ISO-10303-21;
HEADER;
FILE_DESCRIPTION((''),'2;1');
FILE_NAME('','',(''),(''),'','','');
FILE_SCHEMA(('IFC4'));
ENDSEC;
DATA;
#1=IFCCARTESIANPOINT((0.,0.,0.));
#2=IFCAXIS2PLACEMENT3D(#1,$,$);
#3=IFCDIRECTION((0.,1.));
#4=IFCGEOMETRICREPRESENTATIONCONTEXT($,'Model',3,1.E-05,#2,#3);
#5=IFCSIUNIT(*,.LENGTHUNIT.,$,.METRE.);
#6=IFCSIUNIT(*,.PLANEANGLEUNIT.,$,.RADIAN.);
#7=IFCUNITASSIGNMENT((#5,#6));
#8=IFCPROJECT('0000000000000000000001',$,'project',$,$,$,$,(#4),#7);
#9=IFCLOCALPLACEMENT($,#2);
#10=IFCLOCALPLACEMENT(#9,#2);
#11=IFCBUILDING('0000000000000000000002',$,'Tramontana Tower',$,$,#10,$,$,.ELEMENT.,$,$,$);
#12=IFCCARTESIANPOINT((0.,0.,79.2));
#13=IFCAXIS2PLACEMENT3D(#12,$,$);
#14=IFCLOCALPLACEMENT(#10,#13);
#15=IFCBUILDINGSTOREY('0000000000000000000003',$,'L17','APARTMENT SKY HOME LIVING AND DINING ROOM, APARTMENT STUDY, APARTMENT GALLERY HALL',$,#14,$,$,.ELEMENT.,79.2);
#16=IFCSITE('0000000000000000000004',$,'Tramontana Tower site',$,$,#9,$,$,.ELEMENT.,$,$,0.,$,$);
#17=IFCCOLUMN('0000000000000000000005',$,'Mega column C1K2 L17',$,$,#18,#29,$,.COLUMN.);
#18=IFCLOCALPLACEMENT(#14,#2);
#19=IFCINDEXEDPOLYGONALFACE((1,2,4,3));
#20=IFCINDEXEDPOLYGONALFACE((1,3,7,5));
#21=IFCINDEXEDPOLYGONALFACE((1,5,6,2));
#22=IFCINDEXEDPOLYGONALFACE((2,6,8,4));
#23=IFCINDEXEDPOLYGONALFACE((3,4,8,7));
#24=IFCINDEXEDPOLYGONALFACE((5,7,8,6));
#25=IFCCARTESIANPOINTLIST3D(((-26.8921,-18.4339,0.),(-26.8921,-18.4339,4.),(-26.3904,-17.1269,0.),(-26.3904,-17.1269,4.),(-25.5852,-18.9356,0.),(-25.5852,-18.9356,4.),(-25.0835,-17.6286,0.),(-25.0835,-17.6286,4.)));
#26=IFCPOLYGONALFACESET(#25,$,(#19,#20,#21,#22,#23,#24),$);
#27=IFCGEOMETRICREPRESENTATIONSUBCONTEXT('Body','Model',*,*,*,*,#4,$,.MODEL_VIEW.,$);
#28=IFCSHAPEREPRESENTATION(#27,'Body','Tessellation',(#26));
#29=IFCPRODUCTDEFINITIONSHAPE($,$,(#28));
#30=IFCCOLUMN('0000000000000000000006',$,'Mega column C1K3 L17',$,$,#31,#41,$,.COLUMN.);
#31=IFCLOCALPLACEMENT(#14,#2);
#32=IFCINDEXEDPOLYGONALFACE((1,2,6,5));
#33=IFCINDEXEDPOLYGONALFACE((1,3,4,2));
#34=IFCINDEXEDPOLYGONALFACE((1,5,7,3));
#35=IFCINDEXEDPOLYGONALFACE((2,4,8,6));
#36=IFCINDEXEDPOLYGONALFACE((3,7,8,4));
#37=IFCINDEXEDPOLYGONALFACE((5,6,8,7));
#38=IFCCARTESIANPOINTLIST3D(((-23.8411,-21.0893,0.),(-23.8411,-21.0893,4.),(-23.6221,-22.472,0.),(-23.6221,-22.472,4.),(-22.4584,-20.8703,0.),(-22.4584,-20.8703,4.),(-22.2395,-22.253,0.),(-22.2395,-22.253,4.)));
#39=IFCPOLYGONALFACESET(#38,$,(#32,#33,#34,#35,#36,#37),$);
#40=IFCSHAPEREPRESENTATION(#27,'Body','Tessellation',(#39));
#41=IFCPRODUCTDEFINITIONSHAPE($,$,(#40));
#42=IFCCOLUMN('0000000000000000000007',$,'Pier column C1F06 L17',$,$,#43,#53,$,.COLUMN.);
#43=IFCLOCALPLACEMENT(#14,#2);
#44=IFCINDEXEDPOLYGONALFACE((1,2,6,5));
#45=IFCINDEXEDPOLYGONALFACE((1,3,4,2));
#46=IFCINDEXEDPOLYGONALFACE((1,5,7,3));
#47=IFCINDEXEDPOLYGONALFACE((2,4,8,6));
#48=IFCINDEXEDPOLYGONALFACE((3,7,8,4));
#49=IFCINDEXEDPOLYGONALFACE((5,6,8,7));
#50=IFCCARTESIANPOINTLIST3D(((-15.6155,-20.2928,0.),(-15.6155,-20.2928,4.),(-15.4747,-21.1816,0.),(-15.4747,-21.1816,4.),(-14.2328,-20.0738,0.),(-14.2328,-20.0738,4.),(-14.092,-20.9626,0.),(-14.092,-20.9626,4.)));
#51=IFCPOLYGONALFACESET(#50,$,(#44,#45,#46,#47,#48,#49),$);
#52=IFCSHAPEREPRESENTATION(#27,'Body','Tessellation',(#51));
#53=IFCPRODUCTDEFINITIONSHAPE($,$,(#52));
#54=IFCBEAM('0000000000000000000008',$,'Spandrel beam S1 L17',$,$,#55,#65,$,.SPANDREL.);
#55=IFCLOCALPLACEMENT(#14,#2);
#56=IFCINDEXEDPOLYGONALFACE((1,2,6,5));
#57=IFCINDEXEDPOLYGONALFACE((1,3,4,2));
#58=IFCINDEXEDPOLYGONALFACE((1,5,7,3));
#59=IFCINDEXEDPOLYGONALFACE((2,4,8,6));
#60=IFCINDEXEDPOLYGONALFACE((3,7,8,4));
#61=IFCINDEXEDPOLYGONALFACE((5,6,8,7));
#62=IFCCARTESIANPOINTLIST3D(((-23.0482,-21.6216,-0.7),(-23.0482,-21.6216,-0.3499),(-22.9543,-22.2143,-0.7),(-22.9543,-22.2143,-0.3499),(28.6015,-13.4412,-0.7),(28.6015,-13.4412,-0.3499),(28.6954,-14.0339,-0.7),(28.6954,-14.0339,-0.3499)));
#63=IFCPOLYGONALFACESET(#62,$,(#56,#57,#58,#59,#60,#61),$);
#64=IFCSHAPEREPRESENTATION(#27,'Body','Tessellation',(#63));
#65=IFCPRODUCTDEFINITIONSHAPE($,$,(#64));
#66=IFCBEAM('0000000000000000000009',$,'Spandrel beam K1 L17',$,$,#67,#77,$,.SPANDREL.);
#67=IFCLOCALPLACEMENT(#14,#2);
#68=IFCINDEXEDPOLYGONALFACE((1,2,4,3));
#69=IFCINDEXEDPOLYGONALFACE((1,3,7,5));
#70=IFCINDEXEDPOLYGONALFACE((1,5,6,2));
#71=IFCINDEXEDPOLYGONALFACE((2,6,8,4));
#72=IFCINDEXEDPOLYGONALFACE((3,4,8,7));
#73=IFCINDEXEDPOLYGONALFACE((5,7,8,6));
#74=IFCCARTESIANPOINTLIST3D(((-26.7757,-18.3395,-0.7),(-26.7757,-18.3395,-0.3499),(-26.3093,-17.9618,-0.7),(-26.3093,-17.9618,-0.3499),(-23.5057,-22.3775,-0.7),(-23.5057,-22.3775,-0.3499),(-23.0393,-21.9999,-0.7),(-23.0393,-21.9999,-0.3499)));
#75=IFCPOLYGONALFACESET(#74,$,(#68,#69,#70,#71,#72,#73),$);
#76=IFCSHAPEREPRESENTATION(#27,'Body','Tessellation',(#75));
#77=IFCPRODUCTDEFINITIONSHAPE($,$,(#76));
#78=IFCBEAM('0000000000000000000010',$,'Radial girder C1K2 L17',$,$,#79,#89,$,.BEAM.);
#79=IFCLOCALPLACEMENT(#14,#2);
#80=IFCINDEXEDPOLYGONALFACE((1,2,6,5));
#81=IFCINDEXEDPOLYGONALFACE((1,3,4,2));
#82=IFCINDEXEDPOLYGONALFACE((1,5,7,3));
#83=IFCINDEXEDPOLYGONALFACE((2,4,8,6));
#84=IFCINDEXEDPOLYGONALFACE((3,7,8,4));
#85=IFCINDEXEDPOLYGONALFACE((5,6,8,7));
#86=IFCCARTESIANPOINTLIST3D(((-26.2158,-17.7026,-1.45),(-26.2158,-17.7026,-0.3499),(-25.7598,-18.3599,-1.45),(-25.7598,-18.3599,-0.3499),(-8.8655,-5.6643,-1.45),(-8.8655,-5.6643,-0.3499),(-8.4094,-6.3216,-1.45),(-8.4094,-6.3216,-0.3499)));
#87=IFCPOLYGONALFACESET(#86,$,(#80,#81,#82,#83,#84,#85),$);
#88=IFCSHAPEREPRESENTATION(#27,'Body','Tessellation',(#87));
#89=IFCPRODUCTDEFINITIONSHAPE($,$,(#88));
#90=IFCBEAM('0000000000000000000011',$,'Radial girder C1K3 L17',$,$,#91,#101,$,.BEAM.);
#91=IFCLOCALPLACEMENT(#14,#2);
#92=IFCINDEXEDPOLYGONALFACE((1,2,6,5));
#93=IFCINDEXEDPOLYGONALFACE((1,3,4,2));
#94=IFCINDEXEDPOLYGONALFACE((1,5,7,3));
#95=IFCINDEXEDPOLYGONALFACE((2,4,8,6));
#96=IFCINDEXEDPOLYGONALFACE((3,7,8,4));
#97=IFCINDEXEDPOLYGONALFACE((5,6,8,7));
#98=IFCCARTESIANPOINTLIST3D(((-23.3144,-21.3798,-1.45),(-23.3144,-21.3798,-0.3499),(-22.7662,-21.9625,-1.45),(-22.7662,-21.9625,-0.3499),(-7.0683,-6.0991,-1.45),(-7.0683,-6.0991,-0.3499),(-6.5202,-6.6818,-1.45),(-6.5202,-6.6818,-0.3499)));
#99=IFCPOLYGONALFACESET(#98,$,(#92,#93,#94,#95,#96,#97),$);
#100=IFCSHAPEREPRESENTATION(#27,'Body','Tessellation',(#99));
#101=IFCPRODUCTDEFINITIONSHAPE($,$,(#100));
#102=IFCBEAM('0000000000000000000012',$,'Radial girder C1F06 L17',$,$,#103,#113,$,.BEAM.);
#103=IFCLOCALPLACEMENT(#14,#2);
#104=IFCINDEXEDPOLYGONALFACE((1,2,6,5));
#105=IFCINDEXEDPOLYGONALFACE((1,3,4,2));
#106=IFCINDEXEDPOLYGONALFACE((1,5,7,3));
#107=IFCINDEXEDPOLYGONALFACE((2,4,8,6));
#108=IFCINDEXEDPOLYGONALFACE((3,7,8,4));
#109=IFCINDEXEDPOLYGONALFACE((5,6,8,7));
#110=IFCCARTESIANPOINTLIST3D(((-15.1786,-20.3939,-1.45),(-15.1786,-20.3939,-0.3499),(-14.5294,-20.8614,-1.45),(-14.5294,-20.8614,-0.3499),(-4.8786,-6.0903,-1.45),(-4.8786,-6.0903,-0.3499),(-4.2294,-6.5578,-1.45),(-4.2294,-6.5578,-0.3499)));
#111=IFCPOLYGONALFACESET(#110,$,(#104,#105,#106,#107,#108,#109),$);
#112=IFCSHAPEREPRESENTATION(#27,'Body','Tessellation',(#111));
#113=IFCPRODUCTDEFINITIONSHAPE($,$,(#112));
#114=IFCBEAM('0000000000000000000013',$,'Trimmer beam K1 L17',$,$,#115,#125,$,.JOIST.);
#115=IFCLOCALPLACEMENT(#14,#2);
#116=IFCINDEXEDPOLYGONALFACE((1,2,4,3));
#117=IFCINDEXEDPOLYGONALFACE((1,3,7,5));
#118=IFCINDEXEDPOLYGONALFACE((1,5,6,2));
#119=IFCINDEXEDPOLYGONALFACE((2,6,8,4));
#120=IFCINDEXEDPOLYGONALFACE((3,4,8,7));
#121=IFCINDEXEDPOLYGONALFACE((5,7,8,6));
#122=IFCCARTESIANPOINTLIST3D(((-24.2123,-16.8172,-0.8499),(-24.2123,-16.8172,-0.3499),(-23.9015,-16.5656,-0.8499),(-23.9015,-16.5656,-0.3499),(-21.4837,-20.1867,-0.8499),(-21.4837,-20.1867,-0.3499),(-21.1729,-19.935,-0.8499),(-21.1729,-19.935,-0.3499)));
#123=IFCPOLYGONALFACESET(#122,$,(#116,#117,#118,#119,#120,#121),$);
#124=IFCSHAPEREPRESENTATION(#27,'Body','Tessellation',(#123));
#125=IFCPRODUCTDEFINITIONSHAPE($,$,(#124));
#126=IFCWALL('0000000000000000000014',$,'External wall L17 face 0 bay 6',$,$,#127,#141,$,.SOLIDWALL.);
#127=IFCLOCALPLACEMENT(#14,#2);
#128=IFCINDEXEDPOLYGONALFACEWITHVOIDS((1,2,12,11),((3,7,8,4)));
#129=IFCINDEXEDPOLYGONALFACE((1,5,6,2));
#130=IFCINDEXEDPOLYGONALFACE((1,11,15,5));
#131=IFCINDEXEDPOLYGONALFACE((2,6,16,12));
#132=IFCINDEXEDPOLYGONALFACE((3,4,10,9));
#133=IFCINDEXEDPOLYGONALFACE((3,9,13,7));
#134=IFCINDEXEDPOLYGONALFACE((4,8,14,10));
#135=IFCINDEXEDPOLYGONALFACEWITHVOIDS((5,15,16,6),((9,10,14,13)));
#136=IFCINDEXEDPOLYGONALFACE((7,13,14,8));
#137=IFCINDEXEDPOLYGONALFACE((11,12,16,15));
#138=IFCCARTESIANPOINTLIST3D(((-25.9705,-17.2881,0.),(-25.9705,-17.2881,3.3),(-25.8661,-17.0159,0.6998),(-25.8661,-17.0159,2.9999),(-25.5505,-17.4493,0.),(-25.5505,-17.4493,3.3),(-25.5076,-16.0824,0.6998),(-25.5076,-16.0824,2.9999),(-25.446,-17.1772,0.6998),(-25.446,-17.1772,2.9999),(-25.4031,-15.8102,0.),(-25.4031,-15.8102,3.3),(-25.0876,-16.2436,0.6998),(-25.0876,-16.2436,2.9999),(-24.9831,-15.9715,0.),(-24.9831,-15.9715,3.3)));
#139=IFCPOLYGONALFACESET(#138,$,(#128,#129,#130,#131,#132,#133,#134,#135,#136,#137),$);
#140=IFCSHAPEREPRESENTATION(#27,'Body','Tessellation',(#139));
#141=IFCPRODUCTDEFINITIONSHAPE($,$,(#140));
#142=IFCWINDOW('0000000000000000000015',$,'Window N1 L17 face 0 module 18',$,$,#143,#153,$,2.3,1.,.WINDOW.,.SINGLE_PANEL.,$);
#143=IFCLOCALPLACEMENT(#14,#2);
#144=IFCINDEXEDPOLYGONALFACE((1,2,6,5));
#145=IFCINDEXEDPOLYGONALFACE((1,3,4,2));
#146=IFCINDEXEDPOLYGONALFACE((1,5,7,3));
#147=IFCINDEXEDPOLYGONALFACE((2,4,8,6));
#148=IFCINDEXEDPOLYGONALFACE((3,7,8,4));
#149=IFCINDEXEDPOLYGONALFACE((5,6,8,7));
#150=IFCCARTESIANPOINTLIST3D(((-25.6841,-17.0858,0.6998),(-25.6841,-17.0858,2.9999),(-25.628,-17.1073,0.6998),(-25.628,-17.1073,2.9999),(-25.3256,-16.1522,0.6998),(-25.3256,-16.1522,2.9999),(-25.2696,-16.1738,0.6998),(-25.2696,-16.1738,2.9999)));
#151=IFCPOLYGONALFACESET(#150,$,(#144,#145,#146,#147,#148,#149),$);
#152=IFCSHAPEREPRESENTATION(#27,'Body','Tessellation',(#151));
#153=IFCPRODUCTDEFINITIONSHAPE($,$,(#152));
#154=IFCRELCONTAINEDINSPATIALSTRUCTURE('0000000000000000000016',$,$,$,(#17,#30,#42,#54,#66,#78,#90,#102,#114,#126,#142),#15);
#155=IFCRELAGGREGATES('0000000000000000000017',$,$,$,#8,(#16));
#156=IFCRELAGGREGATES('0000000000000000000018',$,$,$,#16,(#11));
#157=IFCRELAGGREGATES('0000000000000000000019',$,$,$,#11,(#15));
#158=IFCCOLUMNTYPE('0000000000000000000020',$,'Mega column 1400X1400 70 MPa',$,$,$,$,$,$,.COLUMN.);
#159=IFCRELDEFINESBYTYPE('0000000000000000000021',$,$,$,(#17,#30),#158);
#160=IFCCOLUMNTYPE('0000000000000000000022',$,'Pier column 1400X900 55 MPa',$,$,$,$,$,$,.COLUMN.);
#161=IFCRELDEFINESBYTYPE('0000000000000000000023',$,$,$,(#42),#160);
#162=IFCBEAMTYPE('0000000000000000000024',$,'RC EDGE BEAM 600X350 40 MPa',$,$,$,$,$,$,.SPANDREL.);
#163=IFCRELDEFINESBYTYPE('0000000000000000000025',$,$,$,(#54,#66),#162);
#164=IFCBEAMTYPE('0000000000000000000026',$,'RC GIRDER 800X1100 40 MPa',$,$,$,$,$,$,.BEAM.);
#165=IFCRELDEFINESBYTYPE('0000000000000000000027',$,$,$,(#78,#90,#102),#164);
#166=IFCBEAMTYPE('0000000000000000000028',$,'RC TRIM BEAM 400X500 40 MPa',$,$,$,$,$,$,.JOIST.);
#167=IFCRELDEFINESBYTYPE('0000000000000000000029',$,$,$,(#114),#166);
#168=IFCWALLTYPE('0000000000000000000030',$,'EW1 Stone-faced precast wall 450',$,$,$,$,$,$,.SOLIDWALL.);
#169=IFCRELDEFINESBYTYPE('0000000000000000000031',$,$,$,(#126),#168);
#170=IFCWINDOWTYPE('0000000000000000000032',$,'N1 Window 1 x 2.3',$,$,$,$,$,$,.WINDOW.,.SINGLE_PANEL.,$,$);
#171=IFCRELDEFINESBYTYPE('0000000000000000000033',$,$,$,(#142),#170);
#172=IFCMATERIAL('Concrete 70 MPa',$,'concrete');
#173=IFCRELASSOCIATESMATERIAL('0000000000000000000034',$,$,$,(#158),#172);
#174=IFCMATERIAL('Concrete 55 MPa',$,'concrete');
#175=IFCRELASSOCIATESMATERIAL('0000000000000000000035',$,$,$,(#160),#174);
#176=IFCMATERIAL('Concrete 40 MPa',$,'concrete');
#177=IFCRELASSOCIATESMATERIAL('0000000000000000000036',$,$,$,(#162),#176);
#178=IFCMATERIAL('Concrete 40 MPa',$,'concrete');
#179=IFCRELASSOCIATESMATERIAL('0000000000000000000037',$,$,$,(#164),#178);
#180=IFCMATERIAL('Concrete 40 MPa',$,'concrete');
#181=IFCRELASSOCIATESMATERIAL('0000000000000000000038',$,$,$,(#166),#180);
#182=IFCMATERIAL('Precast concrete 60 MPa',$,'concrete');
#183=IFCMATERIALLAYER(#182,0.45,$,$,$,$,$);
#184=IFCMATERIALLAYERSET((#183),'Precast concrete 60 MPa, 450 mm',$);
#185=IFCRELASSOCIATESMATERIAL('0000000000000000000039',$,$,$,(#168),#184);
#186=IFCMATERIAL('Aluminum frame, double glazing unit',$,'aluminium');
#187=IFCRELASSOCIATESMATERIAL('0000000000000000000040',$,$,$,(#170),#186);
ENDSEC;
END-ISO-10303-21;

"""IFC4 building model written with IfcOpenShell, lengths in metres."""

from ifc_helpers import new_model, si_unit, direction, frame, frame_2d, origin, origin_2d, place, context, subcontext, project, spatial, rectangle, extrude, material, layer, layer_set, material_profile, profile_set, type_object, element, fill, save


model = new_model("IFC4")

# Units and contexts
model_context = context("Model", 3, precision=1e-05, world=origin(), true_north=direction((0.0, 1.0)))
body_context = subcontext(model_context, "Body", "Model", "MODEL_VIEW")
ifc_project = project(units=[si_unit("LENGTHUNIT", "METRE"), si_unit("PLANEANGLEUNIT", "RADIAN")], contexts=[model_context])

# Site, building, storey
site_placement = place(None, origin())
site = spatial("IfcSite", under=ifc_project, at=site_placement, Name="Tramontana Tower site", CompositionType="ELEMENT", RefElevation=0.0)
building_placement = place(site_placement, origin())
building = spatial("IfcBuilding", under=site, at=building_placement, Name="Tramontana Tower", CompositionType="ELEMENT")
storey_placement = place(building_placement, frame((0.0, 0.0, 79.2)))
storey = spatial("IfcBuildingStorey", under=building, at=storey_placement, Name="L17", Description="APARTMENT SKY HOME LIVING AND DINING ROOM, APARTMENT STUDY, APARTMENT GALLERY HALL", CompositionType="ELEMENT", Elevation=79.2)

# Columns
ifc_material_1 = material(Name="Concrete 70 MPa", Category="concrete")
ifc_material_profile_1 = material_profile(ifc_material_1, rectangle(XDim=1.3999, YDim=1.3999, at=origin_2d()), Name="Mega column 1400X1400 70 MPa")
ifc_profile_set_1 = profile_set([ifc_material_profile_1], Name="Concrete 70 MPa")
column_type_1 = type_object("IfcColumnType", Name="Mega column 1400X1400 70 MPa", PredefinedType="COLUMN", material=ifc_profile_set_1)
for number, where, z_axis, x_axis, name in (
    (1, (-25.9878, -18.0312, 0.0), (0.0, 0.0, 1.0), (-0.358368, -0.93358, 0.0), "Mega column C1K2 L17"),
    (2, (-23.0403, -21.6711, 0.0), (0.0, 0.0, 1.0), (0.987688, 0.156434, 0.0), "Mega column C1K3 L17"),
):
    element("IfcColumn", number, at=place(storey_placement, frame(where, z_axis=z_axis, x_axis=x_axis)), inside=storey, type_object=column_type_1, Name=name, PredefinedType="COLUMN", context=body_context, shape_type="SweptSolid", body=[
        extrude(rectangle(XDim=1.3999, YDim=1.3999, at=origin_2d()), origin(), (0.0, 0.0, 1.0), 4.0),
    ])
ifc_material_2 = material(Name="Concrete 55 MPa", Category="concrete")
ifc_material_profile_2 = material_profile(ifc_material_2, rectangle(XDim=1.3999, YDim=0.8999, at=origin_2d()), Name="Pier column 1400X900 55 MPa")
ifc_profile_set_2 = profile_set([ifc_material_profile_2], Name="Concrete 55 MPa")
column_type_2 = type_object("IfcColumnType", Name="Pier column 1400X900 55 MPa", PredefinedType="COLUMN", material=ifc_profile_set_2)
column_placement = place(storey_placement, frame((-14.8538, -20.6277, 0.0), z_axis=(0.0, 0.0, 1.0), x_axis=(0.987688, 0.156434, 0.0)))
element("IfcColumn", 3, at=column_placement, inside=storey, type_object=column_type_2, Name="Pier column C1F06 L17", PredefinedType="COLUMN", context=body_context, shape_type="SweptSolid", body=[
    extrude(rectangle(XDim=1.3999, YDim=0.8999, at=origin_2d()), origin(), (0.0, 0.0, 1.0), 4.0),
])

# Beams
ifc_material_3 = material(Name="Concrete 40 MPa", Category="concrete")
ifc_material_profile_3 = material_profile(ifc_material_3, rectangle(XDim=0.6001, YDim=0.3501, at=origin_2d()), Name="RC EDGE BEAM 600X350 40 MPa")
ifc_profile_set_3 = profile_set([ifc_material_profile_3], Name="Concrete 40 MPa")
beam_type_1 = type_object("IfcBeamType", Name="RC EDGE BEAM 600X350 40 MPa", PredefinedType="SPANDREL", material=ifc_profile_set_3)
beam_1_placement = place(storey_placement, frame((-23.0012, -21.918, -0.5249), z_axis=(0.987689, 0.156433, 0.0), x_axis=(-0.156433, 0.987689, 0.0)))
element("IfcBeam", 4, at=beam_1_placement, inside=storey, type_object=beam_type_1, Name="Spandrel beam S1 L17", PredefinedType="SPANDREL", context=body_context, shape_type="SweptSolid", body=[
    extrude(rectangle(XDim=0.6001, YDim=0.3501, at=origin_2d()), origin(), (0.0, 0.0, 1.0), 52.2935),
])
beam_2_placement = place(storey_placement, frame((-26.5425, -18.1506, -0.5249), z_axis=(0.629325, -0.777142, 0.0), x_axis=(0.777142, 0.629325, 0.0)))
element("IfcBeam", 5, at=beam_2_placement, inside=storey, type_object=beam_type_1, Name="Spandrel beam K1 L17", PredefinedType="SPANDREL", context=body_context, shape_type="SweptSolid", body=[
    extrude(rectangle(XDim=0.6001, YDim=0.3501, at=origin_2d()), origin(), (0.0, 0.0, 1.0), 5.196),
])
ifc_material_4 = material(Name="Concrete 40 MPa", Category="concrete")
ifc_material_profile_4 = material_profile(ifc_material_4, rectangle(XDim=0.8, YDim=1.1001, at=origin_2d()), Name="RC GIRDER 800X1100 40 MPa")
ifc_profile_set_4 = profile_set([ifc_material_profile_4], Name="Concrete 40 MPa")
beam_type_2 = type_object("IfcBeamType", Name="RC GIRDER 800X1100 40 MPa", PredefinedType="BEAM", material=ifc_profile_set_4)
beam_3_placement = place(storey_placement, frame((-25.9878, -18.0312, -0.8999), z_axis=(0.821603, 0.57006, 0.0), x_axis=(-0.57006, 0.821603, 0.0)))
element("IfcBeam", 6, at=beam_3_placement, inside=storey, type_object=beam_type_2, Name="Radial girder C1K2 L17", PredefinedType="BEAM", context=body_context, shape_type="SweptSolid", body=[
    extrude(rectangle(XDim=0.8, YDim=1.1001, at=origin_2d()), origin(), (0.0, 0.0, 1.0), 21.1177),
])
beam_4_placement = place(storey_placement, frame((-23.0403, -21.6711, -0.8999), z_axis=(0.728417, 0.685135, 0.0), x_axis=(-0.685135, 0.728417, 0.0)))
element("IfcBeam", 7, at=beam_4_placement, inside=storey, type_object=beam_type_2, Name="Radial girder C1K3 L17", PredefinedType="BEAM", context=body_context, shape_type="SweptSolid", body=[
    extrude(rectangle(XDim=0.8, YDim=1.1001, at=origin_2d()), origin(), (0.0, 0.0, 1.0), 22.3032),
])
beam_5_placement = place(storey_placement, frame((-14.854, -20.6277, -0.8999), z_axis=(0.584356, 0.811497, 0.0), x_axis=(-0.811497, 0.584356, 0.0)))
element("IfcBeam", 8, at=beam_5_placement, inside=storey, type_object=beam_type_2, Name="Radial girder C1F06 L17", PredefinedType="BEAM", context=body_context, shape_type="SweptSolid", body=[
    extrude(rectangle(XDim=0.8, YDim=1.1001, at=origin_2d()), origin(), (0.0, 0.0, 1.0), 17.6262),
])
ifc_material_5 = material(Name="Concrete 40 MPa", Category="concrete")
ifc_material_profile_5 = material_profile(ifc_material_5, rectangle(XDim=0.3999, YDim=0.5, at=origin_2d()), Name="RC TRIM BEAM 400X500 40 MPa")
ifc_profile_set_5 = profile_set([ifc_material_profile_5], Name="Concrete 40 MPa")
beam_type_3 = type_object("IfcBeamType", Name="RC TRIM BEAM 400X500 40 MPa", PredefinedType="JOIST", material=ifc_profile_set_5)
beam_6_placement = place(storey_placement, frame((-24.0569, -16.6914, -0.5999), z_axis=(0.629326, -0.777141, 0.0), x_axis=(0.777141, 0.629326, 0.0)))
element("IfcBeam", 9, at=beam_6_placement, inside=storey, type_object=beam_type_3, Name="Trimmer beam K1 L17", PredefinedType="JOIST", context=body_context, shape_type="SweptSolid", body=[
    extrude(rectangle(XDim=0.3999, YDim=0.5, at=origin_2d()), origin(), (0.0, 0.0, 1.0), 4.3357),
])

# Wall, opening, window
ifc_material_6 = material(Name="Precast concrete 60 MPa", Category="concrete")
ifc_layer_1 = layer(ifc_material_6, 0.45)
ifc_layer_set_1 = layer_set([ifc_layer_1], Name="Precast concrete 60 MPa, 450 mm")
wall_type_1 = type_object("IfcWallType", Name="EW1 Stone-faced precast wall 450", PredefinedType="SOLIDWALL", material=ifc_layer_set_1)
wall_1_placement = place(storey_placement, frame((-25.1931, -15.8909, 0.0), z_axis=(0.0, 0.0, 1.0), x_axis=(-0.358431, -0.933556, 0.0)))
wall_1 = element("IfcWall", 10, at=wall_1_placement, inside=storey, type_object=wall_type_1, Name="External wall L17 face 0 bay 6", PredefinedType="SOLIDWALL", context=body_context, shape_type="SweptSolid", body=[
    extrude(rectangle(XDim=1.583, YDim=0.45, at=frame_2d((0.7915, 0.0))), origin(), (0.0, 0.0, 1.0), 3.3),
])
opening_1_placement = place(wall_1_placement, frame((0.2915, 0.0, 0.7)))
opening_1 = element("IfcOpeningElement", 11, at=opening_1_placement, cuts=wall_1, PredefinedType="OPENING", context=body_context, shape_type="SweptSolid", body=[
    extrude(rectangle(XDim=1.0, YDim=2.3, at=frame_2d((0.5, 1.1499))), frame((0.0, 0.2349, 0.0), z_axis=(0.0, -1.0, 0.0), x_axis=(1.0, 0.0, 0.0)), (0.0, 0.0, 1.0), 0.47),
])
ifc_material_7 = material(Name="Aluminum frame, double glazing unit", Category="aluminium")
window_type_1 = type_object("IfcWindowType", Name="N1 Window 1 x 2.3", PartitioningType="SINGLE_PANEL", PredefinedType="WINDOW", material=ifc_material_7)
window_1_placement = place(opening_1_placement, origin())
window_1 = element("IfcWindow", 12, at=window_1_placement, inside=storey, type_object=window_type_1, Name="Window N1 L17 face 0 module 18", OverallHeight=2.3, OverallWidth=1.0, PartitioningType="SINGLE_PANEL", PredefinedType="WINDOW", context=body_context, shape_type="SweptSolid", body=[
    extrude(rectangle(XDim=1.0, YDim=2.3, at=frame_2d((0.5, 1.1499))), frame((0.0, 0.03, 0.0), z_axis=(0.0, -1.0, 0.0), x_axis=(1.0, 0.0, 0.0)), (0.0, 0.0, 1.0), 0.0601),
])
fill(opening_1, window_1)

save(model, "model.ifc")
